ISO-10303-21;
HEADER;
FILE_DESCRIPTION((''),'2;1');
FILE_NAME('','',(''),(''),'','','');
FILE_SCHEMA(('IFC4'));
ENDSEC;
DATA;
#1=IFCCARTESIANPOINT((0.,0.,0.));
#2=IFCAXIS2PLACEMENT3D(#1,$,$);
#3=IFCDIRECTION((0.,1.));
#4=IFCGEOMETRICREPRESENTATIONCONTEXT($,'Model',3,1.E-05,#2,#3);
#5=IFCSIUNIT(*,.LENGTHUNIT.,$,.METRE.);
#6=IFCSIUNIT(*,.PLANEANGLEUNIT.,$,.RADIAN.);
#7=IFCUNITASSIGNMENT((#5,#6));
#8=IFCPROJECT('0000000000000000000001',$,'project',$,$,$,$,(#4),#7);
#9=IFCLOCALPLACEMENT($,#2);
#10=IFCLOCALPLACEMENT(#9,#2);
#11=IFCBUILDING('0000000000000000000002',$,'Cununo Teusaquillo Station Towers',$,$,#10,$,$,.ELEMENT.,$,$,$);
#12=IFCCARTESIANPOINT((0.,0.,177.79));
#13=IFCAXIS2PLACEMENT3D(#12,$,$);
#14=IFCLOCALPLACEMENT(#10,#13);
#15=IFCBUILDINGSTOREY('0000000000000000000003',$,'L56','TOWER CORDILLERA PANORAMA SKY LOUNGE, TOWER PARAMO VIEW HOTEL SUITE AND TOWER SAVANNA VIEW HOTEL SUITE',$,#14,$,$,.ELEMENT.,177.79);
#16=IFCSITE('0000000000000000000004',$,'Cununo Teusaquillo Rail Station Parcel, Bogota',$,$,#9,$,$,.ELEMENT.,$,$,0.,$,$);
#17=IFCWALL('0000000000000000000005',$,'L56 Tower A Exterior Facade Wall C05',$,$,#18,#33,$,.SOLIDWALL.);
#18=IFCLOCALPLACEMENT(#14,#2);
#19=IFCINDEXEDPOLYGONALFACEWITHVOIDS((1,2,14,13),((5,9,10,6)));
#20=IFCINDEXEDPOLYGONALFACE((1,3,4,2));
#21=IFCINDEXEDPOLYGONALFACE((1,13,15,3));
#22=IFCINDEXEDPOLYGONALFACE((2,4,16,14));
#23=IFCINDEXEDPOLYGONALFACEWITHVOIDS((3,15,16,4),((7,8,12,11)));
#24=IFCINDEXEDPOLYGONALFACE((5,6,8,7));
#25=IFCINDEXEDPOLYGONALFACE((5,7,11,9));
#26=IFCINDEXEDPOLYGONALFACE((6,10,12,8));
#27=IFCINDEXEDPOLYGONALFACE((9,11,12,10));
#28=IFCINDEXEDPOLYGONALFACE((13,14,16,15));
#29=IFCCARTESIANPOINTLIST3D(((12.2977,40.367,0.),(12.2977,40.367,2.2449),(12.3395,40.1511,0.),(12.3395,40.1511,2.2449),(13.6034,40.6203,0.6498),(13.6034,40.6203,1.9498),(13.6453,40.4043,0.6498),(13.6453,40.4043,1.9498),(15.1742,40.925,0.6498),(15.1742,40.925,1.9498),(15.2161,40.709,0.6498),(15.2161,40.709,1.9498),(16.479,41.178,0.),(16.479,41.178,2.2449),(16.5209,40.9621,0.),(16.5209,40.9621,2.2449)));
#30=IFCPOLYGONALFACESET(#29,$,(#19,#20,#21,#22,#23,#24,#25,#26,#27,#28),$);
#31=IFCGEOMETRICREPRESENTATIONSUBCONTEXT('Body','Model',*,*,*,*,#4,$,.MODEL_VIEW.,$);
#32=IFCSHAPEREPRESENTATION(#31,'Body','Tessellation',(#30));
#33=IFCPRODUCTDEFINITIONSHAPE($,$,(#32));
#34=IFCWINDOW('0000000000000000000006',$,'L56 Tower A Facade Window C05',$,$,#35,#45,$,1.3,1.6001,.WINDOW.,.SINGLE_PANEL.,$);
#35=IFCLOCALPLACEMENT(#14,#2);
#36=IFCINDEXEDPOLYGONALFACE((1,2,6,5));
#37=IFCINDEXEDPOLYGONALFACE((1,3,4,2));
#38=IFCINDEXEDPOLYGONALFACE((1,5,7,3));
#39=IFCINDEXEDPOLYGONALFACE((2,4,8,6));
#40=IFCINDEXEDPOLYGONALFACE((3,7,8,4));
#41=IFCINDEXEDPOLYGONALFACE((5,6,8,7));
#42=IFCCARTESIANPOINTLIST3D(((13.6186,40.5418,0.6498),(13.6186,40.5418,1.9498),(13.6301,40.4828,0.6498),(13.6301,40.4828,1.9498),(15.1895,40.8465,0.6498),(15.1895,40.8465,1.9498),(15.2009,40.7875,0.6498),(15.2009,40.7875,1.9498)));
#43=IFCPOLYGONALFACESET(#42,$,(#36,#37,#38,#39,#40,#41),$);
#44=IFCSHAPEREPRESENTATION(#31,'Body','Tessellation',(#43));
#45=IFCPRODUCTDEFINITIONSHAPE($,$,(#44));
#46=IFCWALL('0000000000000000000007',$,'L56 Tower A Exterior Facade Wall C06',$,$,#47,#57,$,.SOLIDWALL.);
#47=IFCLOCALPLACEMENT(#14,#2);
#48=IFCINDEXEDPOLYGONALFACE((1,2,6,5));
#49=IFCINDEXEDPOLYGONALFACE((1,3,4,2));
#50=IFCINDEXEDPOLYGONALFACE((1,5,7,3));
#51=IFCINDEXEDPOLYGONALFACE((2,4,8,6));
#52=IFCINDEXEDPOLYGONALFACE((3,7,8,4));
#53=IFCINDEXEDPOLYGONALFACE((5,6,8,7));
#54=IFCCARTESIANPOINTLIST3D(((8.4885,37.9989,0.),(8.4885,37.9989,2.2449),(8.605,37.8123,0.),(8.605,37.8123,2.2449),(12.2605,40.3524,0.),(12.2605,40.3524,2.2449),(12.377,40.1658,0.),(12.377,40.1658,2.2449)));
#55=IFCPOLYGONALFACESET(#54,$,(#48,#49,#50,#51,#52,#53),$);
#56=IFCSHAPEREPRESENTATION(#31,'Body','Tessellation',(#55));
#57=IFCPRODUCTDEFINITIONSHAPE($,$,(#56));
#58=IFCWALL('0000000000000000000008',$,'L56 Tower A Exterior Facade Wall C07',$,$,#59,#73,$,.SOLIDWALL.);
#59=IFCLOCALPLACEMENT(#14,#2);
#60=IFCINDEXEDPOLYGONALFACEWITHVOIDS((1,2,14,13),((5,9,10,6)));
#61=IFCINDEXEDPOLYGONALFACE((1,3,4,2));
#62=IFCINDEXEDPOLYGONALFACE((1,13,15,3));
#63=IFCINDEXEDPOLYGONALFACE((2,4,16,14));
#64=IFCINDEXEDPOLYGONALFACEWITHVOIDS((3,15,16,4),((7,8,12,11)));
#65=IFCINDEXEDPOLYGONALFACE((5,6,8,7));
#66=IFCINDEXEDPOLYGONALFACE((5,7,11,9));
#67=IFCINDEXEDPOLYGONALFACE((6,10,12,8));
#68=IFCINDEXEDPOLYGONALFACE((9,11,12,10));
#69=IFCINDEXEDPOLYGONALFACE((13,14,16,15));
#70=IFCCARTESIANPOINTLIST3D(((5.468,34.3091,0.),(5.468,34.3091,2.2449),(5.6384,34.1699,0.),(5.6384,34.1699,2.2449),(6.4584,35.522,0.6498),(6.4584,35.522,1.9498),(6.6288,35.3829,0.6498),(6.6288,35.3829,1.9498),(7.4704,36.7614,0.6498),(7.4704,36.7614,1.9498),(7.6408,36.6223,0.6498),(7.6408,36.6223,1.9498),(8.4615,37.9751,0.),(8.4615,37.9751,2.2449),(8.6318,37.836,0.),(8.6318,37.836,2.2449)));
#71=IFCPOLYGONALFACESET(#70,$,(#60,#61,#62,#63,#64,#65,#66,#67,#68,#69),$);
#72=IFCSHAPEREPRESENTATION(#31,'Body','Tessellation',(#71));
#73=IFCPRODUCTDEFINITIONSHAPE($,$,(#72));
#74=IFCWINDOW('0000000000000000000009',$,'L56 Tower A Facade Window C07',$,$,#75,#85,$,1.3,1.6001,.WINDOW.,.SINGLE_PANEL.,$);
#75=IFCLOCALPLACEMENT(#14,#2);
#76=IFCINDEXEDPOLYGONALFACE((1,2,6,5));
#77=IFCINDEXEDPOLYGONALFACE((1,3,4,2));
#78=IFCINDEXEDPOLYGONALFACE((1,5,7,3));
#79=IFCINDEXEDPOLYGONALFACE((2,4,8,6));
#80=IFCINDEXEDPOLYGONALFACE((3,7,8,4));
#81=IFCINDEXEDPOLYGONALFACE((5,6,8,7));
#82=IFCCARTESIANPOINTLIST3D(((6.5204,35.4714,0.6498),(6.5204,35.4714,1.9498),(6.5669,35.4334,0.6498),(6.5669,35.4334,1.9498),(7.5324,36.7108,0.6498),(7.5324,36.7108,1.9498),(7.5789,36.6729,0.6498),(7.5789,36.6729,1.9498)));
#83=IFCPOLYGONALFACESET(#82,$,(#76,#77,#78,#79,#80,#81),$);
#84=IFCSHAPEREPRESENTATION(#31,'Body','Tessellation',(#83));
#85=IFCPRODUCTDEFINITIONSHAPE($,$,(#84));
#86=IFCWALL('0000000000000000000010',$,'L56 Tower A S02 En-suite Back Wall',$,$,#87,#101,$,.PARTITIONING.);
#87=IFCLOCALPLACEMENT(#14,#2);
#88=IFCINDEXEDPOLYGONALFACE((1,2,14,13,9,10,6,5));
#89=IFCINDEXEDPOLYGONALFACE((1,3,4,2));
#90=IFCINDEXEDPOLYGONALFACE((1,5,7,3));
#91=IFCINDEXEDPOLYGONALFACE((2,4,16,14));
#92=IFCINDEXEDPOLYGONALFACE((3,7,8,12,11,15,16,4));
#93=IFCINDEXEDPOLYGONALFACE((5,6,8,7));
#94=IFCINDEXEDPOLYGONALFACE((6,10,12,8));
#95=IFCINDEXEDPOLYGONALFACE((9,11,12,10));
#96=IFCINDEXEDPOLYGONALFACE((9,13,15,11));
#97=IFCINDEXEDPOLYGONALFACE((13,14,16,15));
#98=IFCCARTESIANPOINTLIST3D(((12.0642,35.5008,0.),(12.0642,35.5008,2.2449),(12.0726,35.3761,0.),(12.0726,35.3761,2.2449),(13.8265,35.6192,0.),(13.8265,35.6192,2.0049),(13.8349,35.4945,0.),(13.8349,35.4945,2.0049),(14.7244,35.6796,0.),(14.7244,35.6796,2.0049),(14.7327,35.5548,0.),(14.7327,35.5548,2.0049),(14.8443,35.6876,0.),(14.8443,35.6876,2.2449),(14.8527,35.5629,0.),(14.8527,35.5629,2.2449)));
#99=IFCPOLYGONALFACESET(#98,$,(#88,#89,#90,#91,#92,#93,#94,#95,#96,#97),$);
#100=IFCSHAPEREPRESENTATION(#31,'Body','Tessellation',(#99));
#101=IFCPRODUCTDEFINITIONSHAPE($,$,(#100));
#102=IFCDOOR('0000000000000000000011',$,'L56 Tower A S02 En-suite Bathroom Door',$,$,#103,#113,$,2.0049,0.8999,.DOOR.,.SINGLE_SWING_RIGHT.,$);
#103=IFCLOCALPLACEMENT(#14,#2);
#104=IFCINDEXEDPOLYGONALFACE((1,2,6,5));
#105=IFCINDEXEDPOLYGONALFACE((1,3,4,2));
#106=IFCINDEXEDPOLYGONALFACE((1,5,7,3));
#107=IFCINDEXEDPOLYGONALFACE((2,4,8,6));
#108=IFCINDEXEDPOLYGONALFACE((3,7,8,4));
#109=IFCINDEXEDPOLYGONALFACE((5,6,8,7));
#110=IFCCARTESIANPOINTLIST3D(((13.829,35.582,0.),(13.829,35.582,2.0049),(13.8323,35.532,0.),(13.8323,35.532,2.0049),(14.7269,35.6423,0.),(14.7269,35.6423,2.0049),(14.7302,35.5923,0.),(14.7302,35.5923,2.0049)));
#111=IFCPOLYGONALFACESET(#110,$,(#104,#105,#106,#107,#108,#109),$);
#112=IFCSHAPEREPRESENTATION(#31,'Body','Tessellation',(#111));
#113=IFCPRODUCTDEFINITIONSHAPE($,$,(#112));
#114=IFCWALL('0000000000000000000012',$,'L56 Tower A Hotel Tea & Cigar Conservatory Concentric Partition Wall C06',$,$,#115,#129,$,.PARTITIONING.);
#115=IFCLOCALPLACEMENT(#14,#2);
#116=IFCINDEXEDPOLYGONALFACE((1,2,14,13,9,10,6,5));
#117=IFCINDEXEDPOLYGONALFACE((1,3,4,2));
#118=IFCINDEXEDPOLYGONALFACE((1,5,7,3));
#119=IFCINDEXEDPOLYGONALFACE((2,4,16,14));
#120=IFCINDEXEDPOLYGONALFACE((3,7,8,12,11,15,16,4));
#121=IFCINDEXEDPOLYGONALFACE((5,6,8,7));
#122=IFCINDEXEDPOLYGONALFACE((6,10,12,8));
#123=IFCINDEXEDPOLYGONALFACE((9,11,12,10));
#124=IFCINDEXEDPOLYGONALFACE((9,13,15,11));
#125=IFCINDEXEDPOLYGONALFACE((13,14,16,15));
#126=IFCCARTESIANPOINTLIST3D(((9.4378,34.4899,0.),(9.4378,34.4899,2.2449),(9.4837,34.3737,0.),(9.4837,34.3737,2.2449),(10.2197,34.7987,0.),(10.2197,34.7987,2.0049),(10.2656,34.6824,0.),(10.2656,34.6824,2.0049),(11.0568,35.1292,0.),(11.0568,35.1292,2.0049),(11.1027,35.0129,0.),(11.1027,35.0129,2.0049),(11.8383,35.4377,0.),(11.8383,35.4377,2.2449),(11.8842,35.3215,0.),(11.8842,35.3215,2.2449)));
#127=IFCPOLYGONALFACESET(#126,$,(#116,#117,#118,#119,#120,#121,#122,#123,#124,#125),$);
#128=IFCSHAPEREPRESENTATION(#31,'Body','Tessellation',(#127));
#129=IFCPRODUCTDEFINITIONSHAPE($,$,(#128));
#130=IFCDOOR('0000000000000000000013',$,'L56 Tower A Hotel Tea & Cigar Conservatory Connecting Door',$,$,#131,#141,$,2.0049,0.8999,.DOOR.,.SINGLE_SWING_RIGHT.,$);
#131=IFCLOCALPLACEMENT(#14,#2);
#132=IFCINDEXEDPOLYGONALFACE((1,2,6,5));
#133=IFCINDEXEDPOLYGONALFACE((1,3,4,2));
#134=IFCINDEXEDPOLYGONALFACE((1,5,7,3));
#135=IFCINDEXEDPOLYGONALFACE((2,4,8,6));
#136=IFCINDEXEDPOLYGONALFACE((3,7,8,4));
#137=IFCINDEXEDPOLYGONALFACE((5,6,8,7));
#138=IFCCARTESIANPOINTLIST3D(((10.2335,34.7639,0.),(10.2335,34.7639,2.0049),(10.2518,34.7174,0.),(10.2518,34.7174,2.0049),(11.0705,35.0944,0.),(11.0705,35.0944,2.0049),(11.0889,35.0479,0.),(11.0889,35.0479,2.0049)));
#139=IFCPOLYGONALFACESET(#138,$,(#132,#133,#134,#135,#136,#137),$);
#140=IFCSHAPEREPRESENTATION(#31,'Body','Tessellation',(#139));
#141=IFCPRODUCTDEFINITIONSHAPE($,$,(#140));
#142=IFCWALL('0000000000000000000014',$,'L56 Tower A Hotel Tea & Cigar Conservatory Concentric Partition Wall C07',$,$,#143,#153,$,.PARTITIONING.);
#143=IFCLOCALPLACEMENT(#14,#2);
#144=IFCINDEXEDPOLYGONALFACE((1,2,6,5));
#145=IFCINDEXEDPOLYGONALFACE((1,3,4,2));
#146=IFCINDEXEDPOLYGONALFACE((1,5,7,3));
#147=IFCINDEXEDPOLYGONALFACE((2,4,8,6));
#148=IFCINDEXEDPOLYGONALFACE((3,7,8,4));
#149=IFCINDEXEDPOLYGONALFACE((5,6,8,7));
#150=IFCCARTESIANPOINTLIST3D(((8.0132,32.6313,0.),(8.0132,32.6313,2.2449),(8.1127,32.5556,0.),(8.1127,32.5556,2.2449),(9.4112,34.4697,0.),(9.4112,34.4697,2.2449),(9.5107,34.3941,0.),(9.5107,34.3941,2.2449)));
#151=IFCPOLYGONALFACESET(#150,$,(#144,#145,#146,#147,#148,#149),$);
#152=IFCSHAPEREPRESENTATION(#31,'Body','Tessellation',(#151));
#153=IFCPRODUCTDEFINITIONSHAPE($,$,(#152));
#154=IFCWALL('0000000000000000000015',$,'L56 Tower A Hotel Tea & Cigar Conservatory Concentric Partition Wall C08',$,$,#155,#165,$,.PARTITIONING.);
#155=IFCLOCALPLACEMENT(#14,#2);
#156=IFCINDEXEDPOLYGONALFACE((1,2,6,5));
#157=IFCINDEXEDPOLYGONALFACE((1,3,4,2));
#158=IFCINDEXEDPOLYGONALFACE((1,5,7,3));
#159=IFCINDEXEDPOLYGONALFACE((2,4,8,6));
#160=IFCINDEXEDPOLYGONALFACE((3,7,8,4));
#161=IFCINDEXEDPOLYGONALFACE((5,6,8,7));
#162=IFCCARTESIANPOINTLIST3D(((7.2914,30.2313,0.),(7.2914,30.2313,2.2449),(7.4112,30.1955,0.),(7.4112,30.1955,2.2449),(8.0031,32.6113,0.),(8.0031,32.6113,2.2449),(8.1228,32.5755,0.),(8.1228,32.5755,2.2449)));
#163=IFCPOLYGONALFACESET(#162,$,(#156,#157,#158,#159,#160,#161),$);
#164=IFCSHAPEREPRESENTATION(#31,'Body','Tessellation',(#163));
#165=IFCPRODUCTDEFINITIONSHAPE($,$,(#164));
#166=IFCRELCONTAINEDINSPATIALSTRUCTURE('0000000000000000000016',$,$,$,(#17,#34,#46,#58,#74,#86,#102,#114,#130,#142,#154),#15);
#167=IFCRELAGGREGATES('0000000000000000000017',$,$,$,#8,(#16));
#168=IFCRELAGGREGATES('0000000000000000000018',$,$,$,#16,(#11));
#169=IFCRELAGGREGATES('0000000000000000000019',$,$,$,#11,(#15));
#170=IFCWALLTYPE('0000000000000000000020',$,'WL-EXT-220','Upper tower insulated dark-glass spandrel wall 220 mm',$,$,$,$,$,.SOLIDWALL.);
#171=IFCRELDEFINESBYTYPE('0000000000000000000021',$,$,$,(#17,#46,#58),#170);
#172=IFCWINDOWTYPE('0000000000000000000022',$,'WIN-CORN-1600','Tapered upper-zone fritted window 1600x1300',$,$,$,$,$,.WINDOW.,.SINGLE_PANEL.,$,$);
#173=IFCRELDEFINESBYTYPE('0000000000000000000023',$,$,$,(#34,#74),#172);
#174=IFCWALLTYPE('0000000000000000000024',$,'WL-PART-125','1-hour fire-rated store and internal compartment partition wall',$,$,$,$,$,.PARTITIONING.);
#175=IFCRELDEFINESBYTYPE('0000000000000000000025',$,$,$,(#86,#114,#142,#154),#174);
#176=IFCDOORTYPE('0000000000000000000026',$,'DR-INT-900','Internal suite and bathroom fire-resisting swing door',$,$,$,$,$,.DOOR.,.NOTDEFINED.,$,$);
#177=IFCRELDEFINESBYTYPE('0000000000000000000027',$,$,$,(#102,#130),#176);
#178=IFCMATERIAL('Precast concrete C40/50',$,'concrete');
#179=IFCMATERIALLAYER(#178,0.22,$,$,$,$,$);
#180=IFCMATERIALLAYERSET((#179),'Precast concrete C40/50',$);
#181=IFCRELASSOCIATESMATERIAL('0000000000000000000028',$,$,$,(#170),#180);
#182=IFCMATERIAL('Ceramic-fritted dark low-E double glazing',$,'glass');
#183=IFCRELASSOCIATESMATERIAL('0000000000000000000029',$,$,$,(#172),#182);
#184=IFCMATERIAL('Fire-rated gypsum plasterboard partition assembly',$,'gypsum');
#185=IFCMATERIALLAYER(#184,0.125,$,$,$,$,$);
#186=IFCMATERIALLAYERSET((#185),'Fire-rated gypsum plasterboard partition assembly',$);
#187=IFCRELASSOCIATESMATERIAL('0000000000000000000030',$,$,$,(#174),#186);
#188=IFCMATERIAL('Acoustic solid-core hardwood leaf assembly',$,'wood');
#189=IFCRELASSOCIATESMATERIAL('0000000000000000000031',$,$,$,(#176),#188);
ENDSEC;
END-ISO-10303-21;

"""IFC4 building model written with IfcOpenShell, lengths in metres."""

from ifc_helpers import new_model, si_unit, direction, frame, frame_2d, origin, place, context, subcontext, project, spatial, rectangle, extrude, source, transform, mapped, material, layer, layer_set, type_object, element, fill, save


model = new_model("IFC4")

# Units and contexts
model_context = context("Model", 3, precision=1e-05, world=origin(), true_north=direction((0.0, 1.0)))
body_context = subcontext(model_context, "Body", "Model", "MODEL_VIEW")
ifc_project = project(units=[si_unit("LENGTHUNIT", "METRE"), si_unit("PLANEANGLEUNIT", "RADIAN")], contexts=[model_context])

# Site, building, storey
site_placement = place(None, origin())
site = spatial("IfcSite", under=ifc_project, at=site_placement, Name="Cununo Teusaquillo Rail Station Parcel, Bogota", CompositionType="ELEMENT", RefElevation=0.0)
building_placement = place(site_placement, origin())
building = spatial("IfcBuilding", under=site, at=building_placement, Name="Cununo Teusaquillo Station Towers", CompositionType="ELEMENT")
storey_placement = place(building_placement, frame((0.0, 0.0, 177.79)))
storey = spatial("IfcBuildingStorey", under=building, at=storey_placement, Name="L56", Description="TOWER CORDILLERA PANORAMA SKY LOUNGE, TOWER PARAMO VIEW HOTEL SUITE AND TOWER SAVANNA VIEW HOTEL SUITE", CompositionType="ELEMENT", Elevation=177.79)

# Wall, opening, window
ifc_material_1 = material(Name="Precast concrete C40/50", Category="concrete")
ifc_layer_1 = layer(ifc_material_1, 0.22)
ifc_layer_set_1 = layer_set([ifc_layer_1], Name="Precast concrete C40/50")
wall_type_1 = type_object("IfcWallType", Name="WL-EXT-220", Description="Upper tower insulated dark-glass spandrel wall 220 mm", PredefinedType="SOLIDWALL", material=ifc_layer_set_1)
wall_1_placement = place(storey_placement, frame((12.3186, 40.259, 0.0), z_axis=(0.0, 0.0, 1.0), x_axis=(0.981704, 0.190414, 0.0)))
wall_1 = element("IfcWall", 1, at=wall_1_placement, inside=storey, type_object=wall_type_1, Name="L56 Tower A Exterior Facade Wall C05", PredefinedType="SOLIDWALL", context=body_context, shape_type="SweptSolid", body=[
    extrude(rectangle(XDim=4.2593, YDim=0.22, at=frame_2d((2.1296, 0.0))), origin(), (0.0, 0.0, 1.0), 2.2449),
])
shared_shape_1 = source(origin(), body_context, "Body", "SweptSolid", [
    extrude(rectangle(XDim=1.6001, YDim=1.3, at=frame_2d((0.8, 0.6499))), frame((0.0, 0.1199, 0.0), z_axis=(0.0, -1.0, 0.0), x_axis=(1.0, 0.0, 0.0)), (0.0, 0.0, 1.0), 0.24),
])
opening_1_placement = place(wall_1_placement, frame((1.3301, 0.0, 0.6499)))
opening_1 = element("IfcOpeningElement", 2, at=opening_1_placement, cuts=wall_1, PredefinedType="OPENING", context=body_context, shape_type="MappedRepresentation", body=[
    mapped(shared_shape_1, transform((0.0, 0.0, 0.0), x_axis=(1.0, 0.0, 0.0), y_axis=(0.0, 1.0, 0.0), z_axis=(0.0, 0.0, 1.0), scale=1.0)),
])
ifc_material_2 = material(Name="Ceramic-fritted dark low-E double glazing", Category="glass")
window_type = type_object("IfcWindowType", Name="WIN-CORN-1600", Description="Tapered upper-zone fritted window 1600x1300", PartitioningType="SINGLE_PANEL", PredefinedType="WINDOW", material=ifc_material_2)
shared_shape_2 = source(origin(), body_context, "Body", "SweptSolid", [
    extrude(rectangle(XDim=1.6001, YDim=1.3, at=frame_2d((0.8, 0.6499))), frame((0.0, 0.03, 0.0), z_axis=(0.0, -1.0, 0.0), x_axis=(1.0, 0.0, 0.0)), (0.0, 0.0, 1.0), 0.0601),
])
window_1_placement = place(opening_1_placement, origin())
window_1 = element("IfcWindow", 3, at=window_1_placement, inside=storey, type_object=window_type, Name="L56 Tower A Facade Window C05", OverallHeight=1.3, OverallWidth=1.6001, PartitioningType="SINGLE_PANEL", PredefinedType="WINDOW", context=body_context, shape_type="MappedRepresentation", body=[
    mapped(shared_shape_2, transform((0.0, 0.0, 0.0), x_axis=(1.0, 0.0, 0.0), y_axis=(0.0, 1.0, 0.0), z_axis=(0.0, 0.0, 1.0), scale=1.0)),
])
fill(opening_1, window_1)

# Wall
wall_2_placement = place(storey_placement, frame((8.5466, 37.9055, 0.0), z_axis=(0.0, 0.0, 1.0), x_axis=(0.848399, 0.529357, 0.0)))
element("IfcWall", 4, at=wall_2_placement, inside=storey, type_object=wall_type_1, Name="L56 Tower A Exterior Facade Wall C06", PredefinedType="SOLIDWALL", context=body_context, shape_type="SweptSolid", body=[
    extrude(rectangle(XDim=4.446, YDim=0.22, at=frame_2d((2.2231, 0.0))), origin(), (0.0, 0.0, 1.0), 2.2449),
])

# Wall, opening, window
wall_3_placement = place(storey_placement, frame((5.5532, 34.2395, 0.0), z_axis=(0.0, 0.0, 1.0), x_axis=(0.632471, 0.774584, 0.0)))
wall_3 = element("IfcWall", 5, at=wall_3_placement, inside=storey, type_object=wall_type_1, Name="L56 Tower A Exterior Facade Wall C07", PredefinedType="SOLIDWALL", context=body_context, shape_type="SweptSolid", body=[
    extrude(rectangle(XDim=4.7329, YDim=0.22, at=frame_2d((2.3665, 0.0))), origin(), (0.0, 0.0, 1.0), 2.2449),
])
opening_2_placement = place(wall_3_placement, frame((1.5659, 0.0, 0.6499)))
opening_2 = element("IfcOpeningElement", 6, at=opening_2_placement, cuts=wall_3, PredefinedType="OPENING", context=body_context, shape_type="MappedRepresentation", body=[
    mapped(shared_shape_1, transform((0.0, 0.0, 0.0), x_axis=(1.0, 0.0, 0.0), y_axis=(0.0, 1.0, 0.0), z_axis=(0.0, 0.0, 1.0), scale=1.0)),
])
window_2_placement = place(opening_2_placement, origin())
window_2 = element("IfcWindow", 7, at=window_2_placement, inside=storey, type_object=window_type, Name="L56 Tower A Facade Window C07", OverallHeight=1.3, OverallWidth=1.6001, PartitioningType="SINGLE_PANEL", PredefinedType="WINDOW", context=body_context, shape_type="MappedRepresentation", body=[
    mapped(shared_shape_2, transform((0.0, 0.0, 0.0), x_axis=(1.0, 0.0, 0.0), y_axis=(0.0, 1.0, 0.0), z_axis=(0.0, 0.0, 1.0), scale=1.0)),
])
fill(opening_2, window_2)

# Walls, openings, doors
ifc_material_3 = material(Name="Fire-rated gypsum plasterboard partition assembly", Category="gypsum")
ifc_layer_2 = layer(ifc_material_3, 0.125)
ifc_layer_set_2 = layer_set([ifc_layer_2], Name="Fire-rated gypsum plasterboard partition assembly")
wall_type_2 = type_object("IfcWallType", Name="WL-PART-125", Description="1-hour fire-rated store and internal compartment partition wall", PredefinedType="PARTITIONING", material=ifc_layer_set_2)
wall_4_placement = place(storey_placement, frame((14.8484, 35.6252, 0.0), z_axis=(0.0, 0.0, 1.0), x_axis=(-0.997751, -0.067031, 0.0)))
wall_4 = element("IfcWall", 8, at=wall_4_placement, inside=storey, type_object=wall_type_2, Name="L56 Tower A S02 En-suite Back Wall", PredefinedType="PARTITIONING", context=body_context, shape_type="SweptSolid", body=[
    extrude(rectangle(XDim=2.7864, YDim=0.125, at=frame_2d((1.3931, 0.0))), origin(), (0.0, 0.0, 1.0), 2.2449),
])
shared_shape_3 = source(origin(), body_context, "Body", "SweptSolid", [
    extrude(rectangle(XDim=0.8999, YDim=2.0049, at=frame_2d((0.45, 1.0024))), frame((0.0, 0.0725, 0.0), z_axis=(0.0, -1.0, 0.0), x_axis=(1.0, 0.0, 0.0)), (0.0, 0.0, 1.0), 0.145),
])
opening_3_placement = place(wall_4_placement, frame((0.1201, 0.0, 0.0)))
opening_3 = element("IfcOpeningElement", 9, at=opening_3_placement, cuts=wall_4, PredefinedType="OPENING", context=body_context, shape_type="MappedRepresentation", body=[
    mapped(shared_shape_3, transform((0.0, 0.0, 0.0), x_axis=(1.0, 0.0, 0.0), y_axis=(0.0, 1.0, 0.0), z_axis=(0.0, 0.0, 1.0), scale=1.0)),
])
ifc_material_4 = material(Name="Acoustic solid-core hardwood leaf assembly", Category="wood")
door_type_1 = type_object("IfcDoorType", Name="DR-INT-900", Description="Internal suite and bathroom fire-resisting swing door", OperationType="NOTDEFINED", PredefinedType="DOOR", material=ifc_material_4)
shared_shape_4 = source(origin(), body_context, "Body", "SweptSolid", [
    extrude(rectangle(XDim=0.8999, YDim=2.0049, at=frame_2d((0.45, 1.0024))), frame((0.0, 0.0249, 0.0), z_axis=(0.0, -1.0, 0.0), x_axis=(1.0, 0.0, 0.0)), (0.0, 0.0, 1.0), 0.05),
])
door_1_placement = place(opening_3_placement, origin())
door_1 = element("IfcDoor", 10, at=door_1_placement, inside=storey, type_object=door_type_1, Name="L56 Tower A S02 En-suite Bathroom Door", OperationType="SINGLE_SWING_RIGHT", OverallHeight=2.0049, OverallWidth=0.8999, PredefinedType="DOOR", context=body_context, shape_type="MappedRepresentation", body=[
    mapped(shared_shape_4, transform((0.0, 0.0, 0.0), x_axis=(1.0, 0.0, 0.0), y_axis=(0.0, 1.0, 0.0), z_axis=(0.0, 0.0, 1.0), scale=1.0)),
])
fill(opening_3, door_1)
wall_5_placement = place(storey_placement, frame((11.8613, 35.3796, 0.0), z_axis=(0.0, 0.0, 1.0), x_axis=(-0.930125, -0.367244, 0.0)))
wall_5 = element("IfcWall", 11, at=wall_5_placement, inside=storey, type_object=wall_type_2, Name="L56 Tower A Hotel Tea & Cigar Conservatory Concentric Partition Wall C06", PredefinedType="PARTITIONING", context=body_context, shape_type="SweptSolid", body=[
    extrude(rectangle(XDim=2.5808, YDim=0.125, at=frame_2d((1.2905, 0.0))), origin(), (0.0, 0.0, 1.0), 2.2449),
])
opening_4_placement = place(wall_5_placement, frame((0.8403, 0.0, 0.0)))
opening_4 = element("IfcOpeningElement", 12, at=opening_4_placement, cuts=wall_5, PredefinedType="OPENING", context=body_context, shape_type="MappedRepresentation", body=[
    mapped(shared_shape_3, transform((0.0, 0.0, 0.0), x_axis=(1.0, 0.0, 0.0), y_axis=(0.0, 1.0, 0.0), z_axis=(0.0, 0.0, 1.0), scale=1.0)),
])
door_2_placement = place(opening_4_placement, origin())
door_2 = element("IfcDoor", 13, at=door_2_placement, inside=storey, type_object=door_type_1, Name="L56 Tower A Hotel Tea & Cigar Conservatory Connecting Door", OperationType="SINGLE_SWING_RIGHT", OverallHeight=2.0049, OverallWidth=0.8999, PredefinedType="DOOR", context=body_context, shape_type="MappedRepresentation", body=[
    mapped(shared_shape_4, transform((0.0, 0.0, 0.0), x_axis=(1.0, 0.0, 0.0), y_axis=(0.0, 1.0, 0.0), z_axis=(0.0, 0.0, 1.0), scale=1.0)),
])
fill(opening_4, door_2)

# Walls
wall_6_placement = place(storey_placement, frame((9.4609, 34.4319, 0.0), z_axis=(0.0, 0.0, 1.0), x_axis=(-0.605298, -0.795999, 0.0)))
element("IfcWall", 14, at=wall_6_placement, inside=storey, type_object=wall_type_2, Name="L56 Tower A Hotel Tea & Cigar Conservatory Concentric Partition Wall C07", PredefinedType="PARTITIONING", context=body_context, shape_type="SweptSolid", body=[
    extrude(rectangle(XDim=2.3096, YDim=0.125, at=frame_2d((1.1548, 0.0))), origin(), (0.0, 0.0, 1.0), 2.2449),
])
wall_7_placement = place(storey_placement, frame((8.063, 32.5935, 0.0), z_axis=(0.0, 0.0, 1.0), x_axis=(-0.286473, -0.958088, 0.0)))
element("IfcWall", 15, at=wall_7_placement, inside=storey, type_object=wall_type_2, Name="L56 Tower A Hotel Tea & Cigar Conservatory Concentric Partition Wall C08", PredefinedType="PARTITIONING", context=body_context, shape_type="SweptSolid", body=[
    extrude(rectangle(XDim=2.4841, YDim=0.125, at=frame_2d((1.2422, 0.0))), origin(), (0.0, 0.0, 1.0), 2.2449),
])

save(model, "model.ifc")
